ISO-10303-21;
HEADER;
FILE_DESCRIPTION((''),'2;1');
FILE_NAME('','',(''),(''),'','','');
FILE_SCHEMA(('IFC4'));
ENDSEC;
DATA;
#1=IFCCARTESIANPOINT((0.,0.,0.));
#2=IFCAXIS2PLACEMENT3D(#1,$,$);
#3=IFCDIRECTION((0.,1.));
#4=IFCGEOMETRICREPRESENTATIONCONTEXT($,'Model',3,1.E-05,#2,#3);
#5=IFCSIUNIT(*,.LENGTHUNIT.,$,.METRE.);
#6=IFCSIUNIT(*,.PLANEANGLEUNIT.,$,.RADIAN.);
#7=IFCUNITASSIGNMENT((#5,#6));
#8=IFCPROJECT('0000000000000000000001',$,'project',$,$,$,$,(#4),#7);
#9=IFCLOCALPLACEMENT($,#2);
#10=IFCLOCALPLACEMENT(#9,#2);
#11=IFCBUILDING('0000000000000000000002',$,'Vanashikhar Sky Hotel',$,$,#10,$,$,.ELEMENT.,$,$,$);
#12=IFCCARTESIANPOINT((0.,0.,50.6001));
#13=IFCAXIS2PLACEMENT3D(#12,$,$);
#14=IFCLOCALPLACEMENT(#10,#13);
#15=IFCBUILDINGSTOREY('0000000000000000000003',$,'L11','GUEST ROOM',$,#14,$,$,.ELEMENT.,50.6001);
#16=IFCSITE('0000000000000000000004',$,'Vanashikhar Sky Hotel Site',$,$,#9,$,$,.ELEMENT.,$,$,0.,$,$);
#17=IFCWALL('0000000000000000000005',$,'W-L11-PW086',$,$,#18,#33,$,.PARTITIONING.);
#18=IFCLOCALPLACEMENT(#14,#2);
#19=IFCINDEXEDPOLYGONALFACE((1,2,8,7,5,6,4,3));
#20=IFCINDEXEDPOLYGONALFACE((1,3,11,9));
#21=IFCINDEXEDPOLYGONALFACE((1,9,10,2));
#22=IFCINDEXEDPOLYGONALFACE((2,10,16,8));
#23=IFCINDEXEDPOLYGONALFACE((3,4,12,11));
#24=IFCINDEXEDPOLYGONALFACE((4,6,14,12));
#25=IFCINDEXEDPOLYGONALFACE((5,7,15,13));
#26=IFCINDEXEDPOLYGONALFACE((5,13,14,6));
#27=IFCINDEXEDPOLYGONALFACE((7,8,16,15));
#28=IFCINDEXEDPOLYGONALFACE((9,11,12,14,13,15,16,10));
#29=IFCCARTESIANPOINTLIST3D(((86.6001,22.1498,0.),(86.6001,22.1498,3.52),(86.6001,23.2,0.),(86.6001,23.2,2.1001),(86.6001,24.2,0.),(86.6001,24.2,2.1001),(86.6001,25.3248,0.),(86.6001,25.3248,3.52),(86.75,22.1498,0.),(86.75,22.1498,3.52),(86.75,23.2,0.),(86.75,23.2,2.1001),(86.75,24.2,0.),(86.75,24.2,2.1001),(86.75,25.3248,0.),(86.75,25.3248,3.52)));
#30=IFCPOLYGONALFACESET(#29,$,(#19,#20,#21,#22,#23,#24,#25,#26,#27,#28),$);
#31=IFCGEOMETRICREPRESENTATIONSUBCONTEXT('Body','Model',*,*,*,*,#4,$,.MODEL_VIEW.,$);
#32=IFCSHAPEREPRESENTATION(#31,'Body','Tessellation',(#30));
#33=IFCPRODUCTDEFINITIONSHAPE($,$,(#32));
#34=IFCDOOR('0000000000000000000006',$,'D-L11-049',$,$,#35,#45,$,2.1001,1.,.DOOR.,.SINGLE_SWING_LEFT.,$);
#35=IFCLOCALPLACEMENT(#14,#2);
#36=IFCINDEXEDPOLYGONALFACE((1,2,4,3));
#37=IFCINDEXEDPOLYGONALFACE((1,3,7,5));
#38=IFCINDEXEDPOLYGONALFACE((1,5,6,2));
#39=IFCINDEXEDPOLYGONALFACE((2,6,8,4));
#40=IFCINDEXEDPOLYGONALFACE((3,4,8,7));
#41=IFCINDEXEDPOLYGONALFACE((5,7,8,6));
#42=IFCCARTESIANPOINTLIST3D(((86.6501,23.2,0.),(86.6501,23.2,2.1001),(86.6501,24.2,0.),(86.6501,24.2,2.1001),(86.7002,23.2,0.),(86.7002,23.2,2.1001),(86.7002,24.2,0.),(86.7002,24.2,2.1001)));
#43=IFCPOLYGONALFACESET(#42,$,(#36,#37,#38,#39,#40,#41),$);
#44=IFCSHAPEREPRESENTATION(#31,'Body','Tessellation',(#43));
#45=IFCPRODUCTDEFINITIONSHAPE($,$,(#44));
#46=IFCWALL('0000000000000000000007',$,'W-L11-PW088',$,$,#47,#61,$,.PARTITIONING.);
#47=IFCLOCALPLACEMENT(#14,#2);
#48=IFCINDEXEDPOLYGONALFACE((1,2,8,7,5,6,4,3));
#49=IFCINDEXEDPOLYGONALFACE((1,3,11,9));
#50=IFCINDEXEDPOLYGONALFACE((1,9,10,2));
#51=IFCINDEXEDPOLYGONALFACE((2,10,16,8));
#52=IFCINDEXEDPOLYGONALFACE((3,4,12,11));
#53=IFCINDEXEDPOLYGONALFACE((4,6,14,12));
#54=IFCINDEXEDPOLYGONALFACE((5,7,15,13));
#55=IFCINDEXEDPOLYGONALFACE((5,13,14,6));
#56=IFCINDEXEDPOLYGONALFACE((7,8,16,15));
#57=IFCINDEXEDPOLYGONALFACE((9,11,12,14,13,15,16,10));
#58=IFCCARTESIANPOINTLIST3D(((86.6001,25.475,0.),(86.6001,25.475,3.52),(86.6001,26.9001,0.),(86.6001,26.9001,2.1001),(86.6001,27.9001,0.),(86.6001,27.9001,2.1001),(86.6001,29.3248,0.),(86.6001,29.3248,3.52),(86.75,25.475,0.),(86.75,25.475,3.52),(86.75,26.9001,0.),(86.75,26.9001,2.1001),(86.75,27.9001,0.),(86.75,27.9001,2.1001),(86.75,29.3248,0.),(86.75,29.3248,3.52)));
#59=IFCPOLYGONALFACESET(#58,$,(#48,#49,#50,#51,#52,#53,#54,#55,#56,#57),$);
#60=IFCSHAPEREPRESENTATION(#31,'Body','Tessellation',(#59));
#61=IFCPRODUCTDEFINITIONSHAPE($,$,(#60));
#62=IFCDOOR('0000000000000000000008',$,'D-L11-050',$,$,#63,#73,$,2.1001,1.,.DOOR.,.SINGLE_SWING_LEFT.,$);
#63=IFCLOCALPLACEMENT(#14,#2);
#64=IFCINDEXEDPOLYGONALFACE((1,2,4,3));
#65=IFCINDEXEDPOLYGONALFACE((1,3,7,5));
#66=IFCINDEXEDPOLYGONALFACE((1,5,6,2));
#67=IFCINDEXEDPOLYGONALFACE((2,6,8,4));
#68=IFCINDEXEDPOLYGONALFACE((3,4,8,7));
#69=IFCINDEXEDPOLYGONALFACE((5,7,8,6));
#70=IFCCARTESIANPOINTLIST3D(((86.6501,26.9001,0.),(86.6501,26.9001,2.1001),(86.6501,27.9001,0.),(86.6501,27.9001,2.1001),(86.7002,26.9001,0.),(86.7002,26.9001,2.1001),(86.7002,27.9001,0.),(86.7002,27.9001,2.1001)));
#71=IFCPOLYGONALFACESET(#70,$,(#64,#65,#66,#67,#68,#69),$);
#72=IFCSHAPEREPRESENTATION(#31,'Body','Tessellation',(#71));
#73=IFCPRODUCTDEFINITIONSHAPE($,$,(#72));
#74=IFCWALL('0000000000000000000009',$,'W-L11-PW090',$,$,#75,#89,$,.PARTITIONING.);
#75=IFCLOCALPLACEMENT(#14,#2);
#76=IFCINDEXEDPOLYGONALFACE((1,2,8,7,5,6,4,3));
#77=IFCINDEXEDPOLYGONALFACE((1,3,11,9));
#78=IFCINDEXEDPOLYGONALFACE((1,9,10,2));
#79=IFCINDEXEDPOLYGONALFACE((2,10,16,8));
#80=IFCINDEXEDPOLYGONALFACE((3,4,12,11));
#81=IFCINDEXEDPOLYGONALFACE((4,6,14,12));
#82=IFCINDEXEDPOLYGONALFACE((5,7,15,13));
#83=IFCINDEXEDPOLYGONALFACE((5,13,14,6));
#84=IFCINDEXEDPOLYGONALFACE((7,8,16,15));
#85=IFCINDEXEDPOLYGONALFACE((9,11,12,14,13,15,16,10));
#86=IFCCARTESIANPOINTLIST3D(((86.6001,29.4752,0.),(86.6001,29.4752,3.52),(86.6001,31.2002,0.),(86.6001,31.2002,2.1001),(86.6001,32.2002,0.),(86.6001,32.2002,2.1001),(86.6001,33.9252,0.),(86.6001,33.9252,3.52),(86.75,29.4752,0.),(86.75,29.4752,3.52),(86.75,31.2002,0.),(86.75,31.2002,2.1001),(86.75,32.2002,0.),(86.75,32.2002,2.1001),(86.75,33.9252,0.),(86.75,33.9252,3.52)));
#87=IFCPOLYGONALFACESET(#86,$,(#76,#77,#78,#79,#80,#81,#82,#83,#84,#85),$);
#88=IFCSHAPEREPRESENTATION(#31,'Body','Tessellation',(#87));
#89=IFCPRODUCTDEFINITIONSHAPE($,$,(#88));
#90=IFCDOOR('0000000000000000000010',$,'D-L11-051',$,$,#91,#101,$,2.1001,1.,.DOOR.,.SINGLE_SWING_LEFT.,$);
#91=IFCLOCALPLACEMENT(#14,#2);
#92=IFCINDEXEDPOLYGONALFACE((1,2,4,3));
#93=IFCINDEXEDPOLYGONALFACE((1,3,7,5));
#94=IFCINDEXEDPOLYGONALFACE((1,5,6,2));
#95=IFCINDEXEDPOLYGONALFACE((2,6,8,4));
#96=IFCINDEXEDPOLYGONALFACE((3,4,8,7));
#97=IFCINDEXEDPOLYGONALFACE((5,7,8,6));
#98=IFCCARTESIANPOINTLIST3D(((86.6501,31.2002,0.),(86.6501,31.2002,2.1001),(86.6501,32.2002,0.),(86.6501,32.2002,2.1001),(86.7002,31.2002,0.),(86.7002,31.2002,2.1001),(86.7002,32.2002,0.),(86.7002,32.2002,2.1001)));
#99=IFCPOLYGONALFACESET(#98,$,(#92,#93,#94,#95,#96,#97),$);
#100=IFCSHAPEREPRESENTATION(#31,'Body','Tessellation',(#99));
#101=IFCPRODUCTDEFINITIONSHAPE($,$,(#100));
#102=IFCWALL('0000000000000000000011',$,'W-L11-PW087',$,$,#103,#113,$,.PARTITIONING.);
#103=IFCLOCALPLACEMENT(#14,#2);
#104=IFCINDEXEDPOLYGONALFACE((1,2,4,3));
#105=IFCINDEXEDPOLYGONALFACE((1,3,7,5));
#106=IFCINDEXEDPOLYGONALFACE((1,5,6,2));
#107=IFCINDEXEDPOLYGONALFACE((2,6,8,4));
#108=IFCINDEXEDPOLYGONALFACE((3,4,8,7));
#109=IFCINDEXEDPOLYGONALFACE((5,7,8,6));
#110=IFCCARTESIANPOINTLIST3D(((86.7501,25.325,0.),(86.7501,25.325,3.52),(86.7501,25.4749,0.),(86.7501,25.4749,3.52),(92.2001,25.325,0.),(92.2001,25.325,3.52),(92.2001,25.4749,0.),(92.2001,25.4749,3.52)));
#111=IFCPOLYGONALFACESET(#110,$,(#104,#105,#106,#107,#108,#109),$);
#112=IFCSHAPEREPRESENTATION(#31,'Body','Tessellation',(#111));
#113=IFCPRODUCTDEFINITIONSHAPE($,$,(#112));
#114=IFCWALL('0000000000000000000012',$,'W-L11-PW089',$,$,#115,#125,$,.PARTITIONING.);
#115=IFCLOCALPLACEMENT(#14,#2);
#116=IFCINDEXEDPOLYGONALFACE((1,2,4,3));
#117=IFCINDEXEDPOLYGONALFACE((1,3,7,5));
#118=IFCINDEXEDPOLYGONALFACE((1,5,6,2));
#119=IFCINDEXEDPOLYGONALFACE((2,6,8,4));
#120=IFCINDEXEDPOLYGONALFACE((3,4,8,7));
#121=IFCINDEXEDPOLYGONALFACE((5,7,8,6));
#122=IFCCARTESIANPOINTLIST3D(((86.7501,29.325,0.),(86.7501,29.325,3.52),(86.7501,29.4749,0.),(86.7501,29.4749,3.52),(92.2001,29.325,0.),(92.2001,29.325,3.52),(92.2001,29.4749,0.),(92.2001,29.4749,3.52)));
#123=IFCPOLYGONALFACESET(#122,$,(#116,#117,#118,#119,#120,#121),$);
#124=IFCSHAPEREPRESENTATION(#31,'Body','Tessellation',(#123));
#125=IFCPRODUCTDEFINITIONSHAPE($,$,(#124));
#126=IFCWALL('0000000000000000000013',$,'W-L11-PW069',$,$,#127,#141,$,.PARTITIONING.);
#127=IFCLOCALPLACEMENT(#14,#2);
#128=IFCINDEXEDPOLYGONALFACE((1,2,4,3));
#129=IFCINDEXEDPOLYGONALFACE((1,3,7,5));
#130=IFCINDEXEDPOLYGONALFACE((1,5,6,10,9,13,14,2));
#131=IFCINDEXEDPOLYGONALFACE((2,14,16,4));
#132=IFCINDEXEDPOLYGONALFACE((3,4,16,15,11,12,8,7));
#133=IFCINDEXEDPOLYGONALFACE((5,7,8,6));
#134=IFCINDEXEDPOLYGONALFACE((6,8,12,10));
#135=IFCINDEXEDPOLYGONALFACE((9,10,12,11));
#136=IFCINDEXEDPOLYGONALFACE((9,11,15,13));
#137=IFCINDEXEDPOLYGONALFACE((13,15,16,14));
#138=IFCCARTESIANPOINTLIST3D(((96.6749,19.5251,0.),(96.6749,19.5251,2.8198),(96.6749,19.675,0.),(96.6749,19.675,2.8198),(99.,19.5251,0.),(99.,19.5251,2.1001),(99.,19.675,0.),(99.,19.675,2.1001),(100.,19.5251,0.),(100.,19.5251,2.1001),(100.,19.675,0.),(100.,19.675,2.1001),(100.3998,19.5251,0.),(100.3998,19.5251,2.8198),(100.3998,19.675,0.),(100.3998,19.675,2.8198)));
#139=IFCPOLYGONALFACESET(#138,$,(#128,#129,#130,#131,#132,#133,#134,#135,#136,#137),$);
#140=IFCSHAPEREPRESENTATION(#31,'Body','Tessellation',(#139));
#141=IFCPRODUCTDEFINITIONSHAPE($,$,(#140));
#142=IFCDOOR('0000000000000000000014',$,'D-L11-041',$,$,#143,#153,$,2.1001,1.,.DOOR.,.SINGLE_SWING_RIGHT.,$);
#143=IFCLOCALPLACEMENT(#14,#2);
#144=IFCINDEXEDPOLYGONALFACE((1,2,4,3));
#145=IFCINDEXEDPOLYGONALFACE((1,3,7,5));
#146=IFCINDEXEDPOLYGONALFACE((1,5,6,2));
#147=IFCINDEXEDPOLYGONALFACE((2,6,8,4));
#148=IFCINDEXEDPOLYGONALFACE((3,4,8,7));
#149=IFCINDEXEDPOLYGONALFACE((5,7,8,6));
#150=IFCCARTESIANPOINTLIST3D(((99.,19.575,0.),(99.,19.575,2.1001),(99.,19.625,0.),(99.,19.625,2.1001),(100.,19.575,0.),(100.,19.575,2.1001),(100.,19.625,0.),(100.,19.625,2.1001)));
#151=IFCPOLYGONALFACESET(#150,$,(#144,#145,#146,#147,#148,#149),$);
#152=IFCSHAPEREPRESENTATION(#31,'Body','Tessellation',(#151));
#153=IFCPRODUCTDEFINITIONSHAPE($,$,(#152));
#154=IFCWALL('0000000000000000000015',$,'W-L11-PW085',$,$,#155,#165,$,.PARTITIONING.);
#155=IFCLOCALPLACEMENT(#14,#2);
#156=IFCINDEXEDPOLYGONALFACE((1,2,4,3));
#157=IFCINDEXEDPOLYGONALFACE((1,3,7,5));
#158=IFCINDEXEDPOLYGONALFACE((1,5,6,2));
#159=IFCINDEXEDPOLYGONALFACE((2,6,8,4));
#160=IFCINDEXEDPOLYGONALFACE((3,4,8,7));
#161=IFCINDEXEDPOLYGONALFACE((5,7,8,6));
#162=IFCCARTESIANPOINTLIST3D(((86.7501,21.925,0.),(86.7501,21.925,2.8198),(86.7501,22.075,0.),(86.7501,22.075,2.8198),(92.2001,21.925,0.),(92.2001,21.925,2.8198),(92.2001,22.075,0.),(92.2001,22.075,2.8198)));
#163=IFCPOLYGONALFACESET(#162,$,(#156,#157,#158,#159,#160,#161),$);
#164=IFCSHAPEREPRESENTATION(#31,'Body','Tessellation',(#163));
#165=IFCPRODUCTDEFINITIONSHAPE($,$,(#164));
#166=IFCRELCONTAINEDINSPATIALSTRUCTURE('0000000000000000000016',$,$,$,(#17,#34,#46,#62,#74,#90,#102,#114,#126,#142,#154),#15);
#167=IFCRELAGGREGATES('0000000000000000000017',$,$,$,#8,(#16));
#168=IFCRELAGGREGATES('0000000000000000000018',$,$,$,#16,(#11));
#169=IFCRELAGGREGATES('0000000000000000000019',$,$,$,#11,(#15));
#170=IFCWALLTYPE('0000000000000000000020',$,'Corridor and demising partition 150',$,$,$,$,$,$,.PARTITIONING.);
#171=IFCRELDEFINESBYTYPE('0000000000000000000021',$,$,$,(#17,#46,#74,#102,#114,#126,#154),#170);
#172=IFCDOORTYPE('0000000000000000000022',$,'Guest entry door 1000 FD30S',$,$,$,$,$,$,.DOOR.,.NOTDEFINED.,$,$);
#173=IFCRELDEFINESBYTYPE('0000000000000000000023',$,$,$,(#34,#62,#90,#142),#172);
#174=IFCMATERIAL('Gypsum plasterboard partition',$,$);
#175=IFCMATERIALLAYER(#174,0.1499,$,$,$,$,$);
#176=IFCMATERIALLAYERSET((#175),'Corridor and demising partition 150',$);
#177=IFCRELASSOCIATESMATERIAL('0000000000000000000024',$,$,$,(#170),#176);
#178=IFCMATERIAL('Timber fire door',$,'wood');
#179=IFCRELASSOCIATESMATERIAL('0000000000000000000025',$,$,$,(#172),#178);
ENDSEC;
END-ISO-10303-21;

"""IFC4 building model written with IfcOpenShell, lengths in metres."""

from ifc_helpers import new_model, si_unit, direction, frame, frame_2d, origin, place, context, subcontext, project, spatial, rectangle, extrude, source, transform, mapped, material, layer, layer_set, type_object, element, fill, save


model = new_model("IFC4")

# Units and contexts
model_context = context("Model", 3, precision=1e-05, world=origin(), true_north=direction((0.0, 1.0)))
body_context = subcontext(model_context, "Body", "Model", "MODEL_VIEW")
ifc_project = project(units=[si_unit("LENGTHUNIT", "METRE"), si_unit("PLANEANGLEUNIT", "RADIAN")], contexts=[model_context])

# Site, building, storey
site_placement = place(None, origin())
site = spatial("IfcSite", under=ifc_project, at=site_placement, Name="Vanashikhar Sky Hotel Site", CompositionType="ELEMENT", RefElevation=0.0)
building_placement = place(site_placement, origin())
building = spatial("IfcBuilding", under=site, at=building_placement, Name="Vanashikhar Sky Hotel", CompositionType="ELEMENT")
storey_placement = place(building_placement, frame((0.0, 0.0, 50.6001)))
storey = spatial("IfcBuildingStorey", under=building, at=storey_placement, Name="L11", Description="GUEST ROOM", CompositionType="ELEMENT", Elevation=50.6001)

# Walls, openings, doors
ifc_material_1 = material(Name="Gypsum plasterboard partition")
ifc_layer_1 = layer(ifc_material_1, 0.1499)
ifc_layer_set_1 = layer_set([ifc_layer_1], Name="Corridor and demising partition 150")
wall_type_1 = type_object("IfcWallType", Name="Corridor and demising partition 150", PredefinedType="PARTITIONING", material=ifc_layer_set_1)
shared_shape_1 = source(origin(), body_context, "Body", "SweptSolid", [
    extrude(rectangle(XDim=3.175, YDim=0.1499, at=frame_2d((1.5874, 0.0))), origin(), (0.0, 0.0, 1.0), 3.52),
])
wall_1_placement = place(storey_placement, frame((86.675, 22.1499, 0.0), z_axis=(0.0, 0.0, 1.0), x_axis=(0.0, 1.0, 0.0)))
wall_1 = element("IfcWall", 1, at=wall_1_placement, inside=storey, type_object=wall_type_1, Name="W-L11-PW086", PredefinedType="PARTITIONING", context=body_context, shape_type="MappedRepresentation", body=[
    mapped(shared_shape_1, transform((0.0, 0.0, 0.0), scale=1.0)),
])
shared_shape_2 = source(origin(), body_context, "Body", "SweptSolid", [
    extrude(rectangle(XDim=1.0, YDim=2.1001, at=frame_2d((0.5, 1.05))), frame((0.0, 0.085, 0.0), z_axis=(0.0, -1.0, 0.0), x_axis=(1.0, 0.0, 0.0)), (0.0, 0.0, 1.0), 0.1699),
])
opening_1_placement = place(wall_1_placement, frame((1.05, 0.0, 0.0)))
opening_1 = element("IfcOpeningElement", 2, at=opening_1_placement, cuts=wall_1, PredefinedType="OPENING", context=body_context, shape_type="MappedRepresentation", body=[
    mapped(shared_shape_2, transform((0.0, 0.0, 0.0), scale=1.0)),
])
ifc_material_2 = material(Name="Timber fire door", Category="wood")
door_type_1 = type_object("IfcDoorType", Name="Guest entry door 1000 FD30S", OperationType="NOTDEFINED", PredefinedType="DOOR", material=ifc_material_2)
shared_shape_3 = source(origin(), body_context, "Body", "SweptSolid", [
    extrude(rectangle(XDim=1.0, YDim=2.1001, at=frame_2d((0.5, 1.05))), frame((0.0, 0.0249, 0.0), z_axis=(0.0, -1.0, 0.0), x_axis=(1.0, 0.0, 0.0)), (0.0, 0.0, 1.0), 0.05),
])
door_1_placement = place(opening_1_placement, origin())
door_1 = element("IfcDoor", 3, at=door_1_placement, inside=storey, type_object=door_type_1, Name="D-L11-049", OperationType="SINGLE_SWING_LEFT", OverallHeight=2.1001, OverallWidth=1.0, PredefinedType="DOOR", context=body_context, shape_type="MappedRepresentation", body=[
    mapped(shared_shape_3, transform((0.0, 0.0, 0.0), scale=1.0)),
])
fill(opening_1, door_1)
shared_shape_4 = source(origin(), body_context, "Body", "SweptSolid", [
    extrude(rectangle(XDim=3.8499, YDim=0.1499, at=frame_2d((1.9248, 0.0))), origin(), (0.0, 0.0, 1.0), 3.52),
])
wall_2_placement = place(storey_placement, frame((86.675, 25.4751, 0.0), z_axis=(0.0, 0.0, 1.0), x_axis=(0.0, 1.0, 0.0)))
wall_2 = element("IfcWall", 4, at=wall_2_placement, inside=storey, type_object=wall_type_1, Name="W-L11-PW088", PredefinedType="PARTITIONING", context=body_context, shape_type="MappedRepresentation", body=[
    mapped(shared_shape_4, transform((0.0, 0.0, 0.0), scale=1.0)),
])
opening_2_placement = place(wall_2_placement, frame((1.425, 0.0, 0.0)))
opening_2 = element("IfcOpeningElement", 5, at=opening_2_placement, cuts=wall_2, PredefinedType="OPENING", context=body_context, shape_type="MappedRepresentation", body=[
    mapped(shared_shape_2, transform((0.0, 0.0, 0.0), scale=1.0)),
])
door_2_placement = place(opening_2_placement, origin())
door_2 = element("IfcDoor", 6, at=door_2_placement, inside=storey, type_object=door_type_1, Name="D-L11-050", OperationType="SINGLE_SWING_LEFT", OverallHeight=2.1001, OverallWidth=1.0, PredefinedType="DOOR", context=body_context, shape_type="MappedRepresentation", body=[
    mapped(shared_shape_3, transform((0.0, 0.0, 0.0), scale=1.0)),
])
fill(opening_2, door_2)
shared_shape_5 = source(origin(), body_context, "Body", "SweptSolid", [
    extrude(rectangle(XDim=4.45, YDim=0.1499, at=frame_2d((2.2251, 0.0))), origin(), (0.0, 0.0, 1.0), 3.52),
])
wall_3_placement = place(storey_placement, frame((86.675, 29.4751, 0.0), z_axis=(0.0, 0.0, 1.0), x_axis=(0.0, 1.0, 0.0)))
wall_3 = element("IfcWall", 7, at=wall_3_placement, inside=storey, type_object=wall_type_1, Name="W-L11-PW090", PredefinedType="PARTITIONING", context=body_context, shape_type="MappedRepresentation", body=[
    mapped(shared_shape_5, transform((0.0, 0.0, 0.0), scale=1.0)),
])
opening_3_placement = place(wall_3_placement, frame((1.7251, 0.0, 0.0)))
opening_3 = element("IfcOpeningElement", 8, at=opening_3_placement, cuts=wall_3, PredefinedType="OPENING", context=body_context, shape_type="MappedRepresentation", body=[
    mapped(shared_shape_2, transform((0.0, 0.0, 0.0), scale=1.0)),
])
door_3_placement = place(opening_3_placement, origin())
door_3 = element("IfcDoor", 9, at=door_3_placement, inside=storey, type_object=door_type_1, Name="D-L11-051", OperationType="SINGLE_SWING_LEFT", OverallHeight=2.1001, OverallWidth=1.0, PredefinedType="DOOR", context=body_context, shape_type="MappedRepresentation", body=[
    mapped(shared_shape_3, transform((0.0, 0.0, 0.0), scale=1.0)),
])
fill(opening_3, door_3)

# Walls
shared_shape_6 = source(origin(), body_context, "Body", "SweptSolid", [
    extrude(rectangle(XDim=5.45, YDim=0.1499, at=frame_2d((2.7251, 0.0))), origin(), (0.0, 0.0, 1.0), 3.52),
])
for number, where, z_axis, x_axis, name in (
    (10, (86.75, 25.3999, 0.0), (0.0, 0.0, 1.0), (1.0, 0.0, 0.0), "W-L11-PW087"),
    (11, (86.75, 29.3999, 0.0), (0.0, 0.0, 1.0), (1.0, 0.0, 0.0), "W-L11-PW089"),
):
    element("IfcWall", number, at=place(storey_placement, frame(where, z_axis=z_axis, x_axis=x_axis)), inside=storey, type_object=wall_type_1, Name=name, PredefinedType="PARTITIONING", context=body_context, shape_type="MappedRepresentation", body=[
        mapped(shared_shape_6, transform((0.0, 0.0, 0.0), scale=1.0)),
    ])

# Wall, opening, door
shared_shape_7 = source(origin(), body_context, "Body", "SweptSolid", [
    extrude(rectangle(XDim=3.7249, YDim=0.1499, at=frame_2d((1.8623, 0.0))), origin(), (0.0, 0.0, 1.0), 2.8198),
])
wall_4_placement = place(storey_placement, frame((96.675, 19.6001, 0.0), z_axis=(0.0, 0.0, 1.0), x_axis=(1.0, 0.0, 0.0)))
wall_4 = element("IfcWall", 12, at=wall_4_placement, inside=storey, type_object=wall_type_1, Name="W-L11-PW069", PredefinedType="PARTITIONING", context=body_context, shape_type="MappedRepresentation", body=[
    mapped(shared_shape_7, transform((0.0, 0.0, 0.0), scale=1.0)),
])
opening_4_placement = place(wall_4_placement, frame((2.325, 0.0, 0.0)))
opening_4 = element("IfcOpeningElement", 13, at=opening_4_placement, cuts=wall_4, PredefinedType="OPENING", context=body_context, shape_type="MappedRepresentation", body=[
    mapped(shared_shape_2, transform((0.0, 0.0, 0.0), scale=1.0)),
])
door_4_placement = place(opening_4_placement, origin())
door_4 = element("IfcDoor", 14, at=door_4_placement, inside=storey, type_object=door_type_1, Name="D-L11-041", OperationType="SINGLE_SWING_RIGHT", OverallHeight=2.1001, OverallWidth=1.0, PredefinedType="DOOR", context=body_context, shape_type="MappedRepresentation", body=[
    mapped(shared_shape_3, transform((0.0, 0.0, 0.0), scale=1.0)),
])
fill(opening_4, door_4)

# Wall
shared_shape_8 = source(origin(), body_context, "Body", "SweptSolid", [
    extrude(rectangle(XDim=5.45, YDim=0.1499, at=frame_2d((2.7251, 0.0))), origin(), (0.0, 0.0, 1.0), 2.8198),
])
wall_5_placement = place(storey_placement, frame((86.75, 22.0, 0.0), z_axis=(0.0, 0.0, 1.0), x_axis=(1.0, 0.0, 0.0)))
element("IfcWall", 15, at=wall_5_placement, inside=storey, type_object=wall_type_1, Name="W-L11-PW085", PredefinedType="PARTITIONING", context=body_context, shape_type="MappedRepresentation", body=[
    mapped(shared_shape_8, transform((0.0, 0.0, 0.0), scale=1.0)),
])

save(model, "model.ifc")
